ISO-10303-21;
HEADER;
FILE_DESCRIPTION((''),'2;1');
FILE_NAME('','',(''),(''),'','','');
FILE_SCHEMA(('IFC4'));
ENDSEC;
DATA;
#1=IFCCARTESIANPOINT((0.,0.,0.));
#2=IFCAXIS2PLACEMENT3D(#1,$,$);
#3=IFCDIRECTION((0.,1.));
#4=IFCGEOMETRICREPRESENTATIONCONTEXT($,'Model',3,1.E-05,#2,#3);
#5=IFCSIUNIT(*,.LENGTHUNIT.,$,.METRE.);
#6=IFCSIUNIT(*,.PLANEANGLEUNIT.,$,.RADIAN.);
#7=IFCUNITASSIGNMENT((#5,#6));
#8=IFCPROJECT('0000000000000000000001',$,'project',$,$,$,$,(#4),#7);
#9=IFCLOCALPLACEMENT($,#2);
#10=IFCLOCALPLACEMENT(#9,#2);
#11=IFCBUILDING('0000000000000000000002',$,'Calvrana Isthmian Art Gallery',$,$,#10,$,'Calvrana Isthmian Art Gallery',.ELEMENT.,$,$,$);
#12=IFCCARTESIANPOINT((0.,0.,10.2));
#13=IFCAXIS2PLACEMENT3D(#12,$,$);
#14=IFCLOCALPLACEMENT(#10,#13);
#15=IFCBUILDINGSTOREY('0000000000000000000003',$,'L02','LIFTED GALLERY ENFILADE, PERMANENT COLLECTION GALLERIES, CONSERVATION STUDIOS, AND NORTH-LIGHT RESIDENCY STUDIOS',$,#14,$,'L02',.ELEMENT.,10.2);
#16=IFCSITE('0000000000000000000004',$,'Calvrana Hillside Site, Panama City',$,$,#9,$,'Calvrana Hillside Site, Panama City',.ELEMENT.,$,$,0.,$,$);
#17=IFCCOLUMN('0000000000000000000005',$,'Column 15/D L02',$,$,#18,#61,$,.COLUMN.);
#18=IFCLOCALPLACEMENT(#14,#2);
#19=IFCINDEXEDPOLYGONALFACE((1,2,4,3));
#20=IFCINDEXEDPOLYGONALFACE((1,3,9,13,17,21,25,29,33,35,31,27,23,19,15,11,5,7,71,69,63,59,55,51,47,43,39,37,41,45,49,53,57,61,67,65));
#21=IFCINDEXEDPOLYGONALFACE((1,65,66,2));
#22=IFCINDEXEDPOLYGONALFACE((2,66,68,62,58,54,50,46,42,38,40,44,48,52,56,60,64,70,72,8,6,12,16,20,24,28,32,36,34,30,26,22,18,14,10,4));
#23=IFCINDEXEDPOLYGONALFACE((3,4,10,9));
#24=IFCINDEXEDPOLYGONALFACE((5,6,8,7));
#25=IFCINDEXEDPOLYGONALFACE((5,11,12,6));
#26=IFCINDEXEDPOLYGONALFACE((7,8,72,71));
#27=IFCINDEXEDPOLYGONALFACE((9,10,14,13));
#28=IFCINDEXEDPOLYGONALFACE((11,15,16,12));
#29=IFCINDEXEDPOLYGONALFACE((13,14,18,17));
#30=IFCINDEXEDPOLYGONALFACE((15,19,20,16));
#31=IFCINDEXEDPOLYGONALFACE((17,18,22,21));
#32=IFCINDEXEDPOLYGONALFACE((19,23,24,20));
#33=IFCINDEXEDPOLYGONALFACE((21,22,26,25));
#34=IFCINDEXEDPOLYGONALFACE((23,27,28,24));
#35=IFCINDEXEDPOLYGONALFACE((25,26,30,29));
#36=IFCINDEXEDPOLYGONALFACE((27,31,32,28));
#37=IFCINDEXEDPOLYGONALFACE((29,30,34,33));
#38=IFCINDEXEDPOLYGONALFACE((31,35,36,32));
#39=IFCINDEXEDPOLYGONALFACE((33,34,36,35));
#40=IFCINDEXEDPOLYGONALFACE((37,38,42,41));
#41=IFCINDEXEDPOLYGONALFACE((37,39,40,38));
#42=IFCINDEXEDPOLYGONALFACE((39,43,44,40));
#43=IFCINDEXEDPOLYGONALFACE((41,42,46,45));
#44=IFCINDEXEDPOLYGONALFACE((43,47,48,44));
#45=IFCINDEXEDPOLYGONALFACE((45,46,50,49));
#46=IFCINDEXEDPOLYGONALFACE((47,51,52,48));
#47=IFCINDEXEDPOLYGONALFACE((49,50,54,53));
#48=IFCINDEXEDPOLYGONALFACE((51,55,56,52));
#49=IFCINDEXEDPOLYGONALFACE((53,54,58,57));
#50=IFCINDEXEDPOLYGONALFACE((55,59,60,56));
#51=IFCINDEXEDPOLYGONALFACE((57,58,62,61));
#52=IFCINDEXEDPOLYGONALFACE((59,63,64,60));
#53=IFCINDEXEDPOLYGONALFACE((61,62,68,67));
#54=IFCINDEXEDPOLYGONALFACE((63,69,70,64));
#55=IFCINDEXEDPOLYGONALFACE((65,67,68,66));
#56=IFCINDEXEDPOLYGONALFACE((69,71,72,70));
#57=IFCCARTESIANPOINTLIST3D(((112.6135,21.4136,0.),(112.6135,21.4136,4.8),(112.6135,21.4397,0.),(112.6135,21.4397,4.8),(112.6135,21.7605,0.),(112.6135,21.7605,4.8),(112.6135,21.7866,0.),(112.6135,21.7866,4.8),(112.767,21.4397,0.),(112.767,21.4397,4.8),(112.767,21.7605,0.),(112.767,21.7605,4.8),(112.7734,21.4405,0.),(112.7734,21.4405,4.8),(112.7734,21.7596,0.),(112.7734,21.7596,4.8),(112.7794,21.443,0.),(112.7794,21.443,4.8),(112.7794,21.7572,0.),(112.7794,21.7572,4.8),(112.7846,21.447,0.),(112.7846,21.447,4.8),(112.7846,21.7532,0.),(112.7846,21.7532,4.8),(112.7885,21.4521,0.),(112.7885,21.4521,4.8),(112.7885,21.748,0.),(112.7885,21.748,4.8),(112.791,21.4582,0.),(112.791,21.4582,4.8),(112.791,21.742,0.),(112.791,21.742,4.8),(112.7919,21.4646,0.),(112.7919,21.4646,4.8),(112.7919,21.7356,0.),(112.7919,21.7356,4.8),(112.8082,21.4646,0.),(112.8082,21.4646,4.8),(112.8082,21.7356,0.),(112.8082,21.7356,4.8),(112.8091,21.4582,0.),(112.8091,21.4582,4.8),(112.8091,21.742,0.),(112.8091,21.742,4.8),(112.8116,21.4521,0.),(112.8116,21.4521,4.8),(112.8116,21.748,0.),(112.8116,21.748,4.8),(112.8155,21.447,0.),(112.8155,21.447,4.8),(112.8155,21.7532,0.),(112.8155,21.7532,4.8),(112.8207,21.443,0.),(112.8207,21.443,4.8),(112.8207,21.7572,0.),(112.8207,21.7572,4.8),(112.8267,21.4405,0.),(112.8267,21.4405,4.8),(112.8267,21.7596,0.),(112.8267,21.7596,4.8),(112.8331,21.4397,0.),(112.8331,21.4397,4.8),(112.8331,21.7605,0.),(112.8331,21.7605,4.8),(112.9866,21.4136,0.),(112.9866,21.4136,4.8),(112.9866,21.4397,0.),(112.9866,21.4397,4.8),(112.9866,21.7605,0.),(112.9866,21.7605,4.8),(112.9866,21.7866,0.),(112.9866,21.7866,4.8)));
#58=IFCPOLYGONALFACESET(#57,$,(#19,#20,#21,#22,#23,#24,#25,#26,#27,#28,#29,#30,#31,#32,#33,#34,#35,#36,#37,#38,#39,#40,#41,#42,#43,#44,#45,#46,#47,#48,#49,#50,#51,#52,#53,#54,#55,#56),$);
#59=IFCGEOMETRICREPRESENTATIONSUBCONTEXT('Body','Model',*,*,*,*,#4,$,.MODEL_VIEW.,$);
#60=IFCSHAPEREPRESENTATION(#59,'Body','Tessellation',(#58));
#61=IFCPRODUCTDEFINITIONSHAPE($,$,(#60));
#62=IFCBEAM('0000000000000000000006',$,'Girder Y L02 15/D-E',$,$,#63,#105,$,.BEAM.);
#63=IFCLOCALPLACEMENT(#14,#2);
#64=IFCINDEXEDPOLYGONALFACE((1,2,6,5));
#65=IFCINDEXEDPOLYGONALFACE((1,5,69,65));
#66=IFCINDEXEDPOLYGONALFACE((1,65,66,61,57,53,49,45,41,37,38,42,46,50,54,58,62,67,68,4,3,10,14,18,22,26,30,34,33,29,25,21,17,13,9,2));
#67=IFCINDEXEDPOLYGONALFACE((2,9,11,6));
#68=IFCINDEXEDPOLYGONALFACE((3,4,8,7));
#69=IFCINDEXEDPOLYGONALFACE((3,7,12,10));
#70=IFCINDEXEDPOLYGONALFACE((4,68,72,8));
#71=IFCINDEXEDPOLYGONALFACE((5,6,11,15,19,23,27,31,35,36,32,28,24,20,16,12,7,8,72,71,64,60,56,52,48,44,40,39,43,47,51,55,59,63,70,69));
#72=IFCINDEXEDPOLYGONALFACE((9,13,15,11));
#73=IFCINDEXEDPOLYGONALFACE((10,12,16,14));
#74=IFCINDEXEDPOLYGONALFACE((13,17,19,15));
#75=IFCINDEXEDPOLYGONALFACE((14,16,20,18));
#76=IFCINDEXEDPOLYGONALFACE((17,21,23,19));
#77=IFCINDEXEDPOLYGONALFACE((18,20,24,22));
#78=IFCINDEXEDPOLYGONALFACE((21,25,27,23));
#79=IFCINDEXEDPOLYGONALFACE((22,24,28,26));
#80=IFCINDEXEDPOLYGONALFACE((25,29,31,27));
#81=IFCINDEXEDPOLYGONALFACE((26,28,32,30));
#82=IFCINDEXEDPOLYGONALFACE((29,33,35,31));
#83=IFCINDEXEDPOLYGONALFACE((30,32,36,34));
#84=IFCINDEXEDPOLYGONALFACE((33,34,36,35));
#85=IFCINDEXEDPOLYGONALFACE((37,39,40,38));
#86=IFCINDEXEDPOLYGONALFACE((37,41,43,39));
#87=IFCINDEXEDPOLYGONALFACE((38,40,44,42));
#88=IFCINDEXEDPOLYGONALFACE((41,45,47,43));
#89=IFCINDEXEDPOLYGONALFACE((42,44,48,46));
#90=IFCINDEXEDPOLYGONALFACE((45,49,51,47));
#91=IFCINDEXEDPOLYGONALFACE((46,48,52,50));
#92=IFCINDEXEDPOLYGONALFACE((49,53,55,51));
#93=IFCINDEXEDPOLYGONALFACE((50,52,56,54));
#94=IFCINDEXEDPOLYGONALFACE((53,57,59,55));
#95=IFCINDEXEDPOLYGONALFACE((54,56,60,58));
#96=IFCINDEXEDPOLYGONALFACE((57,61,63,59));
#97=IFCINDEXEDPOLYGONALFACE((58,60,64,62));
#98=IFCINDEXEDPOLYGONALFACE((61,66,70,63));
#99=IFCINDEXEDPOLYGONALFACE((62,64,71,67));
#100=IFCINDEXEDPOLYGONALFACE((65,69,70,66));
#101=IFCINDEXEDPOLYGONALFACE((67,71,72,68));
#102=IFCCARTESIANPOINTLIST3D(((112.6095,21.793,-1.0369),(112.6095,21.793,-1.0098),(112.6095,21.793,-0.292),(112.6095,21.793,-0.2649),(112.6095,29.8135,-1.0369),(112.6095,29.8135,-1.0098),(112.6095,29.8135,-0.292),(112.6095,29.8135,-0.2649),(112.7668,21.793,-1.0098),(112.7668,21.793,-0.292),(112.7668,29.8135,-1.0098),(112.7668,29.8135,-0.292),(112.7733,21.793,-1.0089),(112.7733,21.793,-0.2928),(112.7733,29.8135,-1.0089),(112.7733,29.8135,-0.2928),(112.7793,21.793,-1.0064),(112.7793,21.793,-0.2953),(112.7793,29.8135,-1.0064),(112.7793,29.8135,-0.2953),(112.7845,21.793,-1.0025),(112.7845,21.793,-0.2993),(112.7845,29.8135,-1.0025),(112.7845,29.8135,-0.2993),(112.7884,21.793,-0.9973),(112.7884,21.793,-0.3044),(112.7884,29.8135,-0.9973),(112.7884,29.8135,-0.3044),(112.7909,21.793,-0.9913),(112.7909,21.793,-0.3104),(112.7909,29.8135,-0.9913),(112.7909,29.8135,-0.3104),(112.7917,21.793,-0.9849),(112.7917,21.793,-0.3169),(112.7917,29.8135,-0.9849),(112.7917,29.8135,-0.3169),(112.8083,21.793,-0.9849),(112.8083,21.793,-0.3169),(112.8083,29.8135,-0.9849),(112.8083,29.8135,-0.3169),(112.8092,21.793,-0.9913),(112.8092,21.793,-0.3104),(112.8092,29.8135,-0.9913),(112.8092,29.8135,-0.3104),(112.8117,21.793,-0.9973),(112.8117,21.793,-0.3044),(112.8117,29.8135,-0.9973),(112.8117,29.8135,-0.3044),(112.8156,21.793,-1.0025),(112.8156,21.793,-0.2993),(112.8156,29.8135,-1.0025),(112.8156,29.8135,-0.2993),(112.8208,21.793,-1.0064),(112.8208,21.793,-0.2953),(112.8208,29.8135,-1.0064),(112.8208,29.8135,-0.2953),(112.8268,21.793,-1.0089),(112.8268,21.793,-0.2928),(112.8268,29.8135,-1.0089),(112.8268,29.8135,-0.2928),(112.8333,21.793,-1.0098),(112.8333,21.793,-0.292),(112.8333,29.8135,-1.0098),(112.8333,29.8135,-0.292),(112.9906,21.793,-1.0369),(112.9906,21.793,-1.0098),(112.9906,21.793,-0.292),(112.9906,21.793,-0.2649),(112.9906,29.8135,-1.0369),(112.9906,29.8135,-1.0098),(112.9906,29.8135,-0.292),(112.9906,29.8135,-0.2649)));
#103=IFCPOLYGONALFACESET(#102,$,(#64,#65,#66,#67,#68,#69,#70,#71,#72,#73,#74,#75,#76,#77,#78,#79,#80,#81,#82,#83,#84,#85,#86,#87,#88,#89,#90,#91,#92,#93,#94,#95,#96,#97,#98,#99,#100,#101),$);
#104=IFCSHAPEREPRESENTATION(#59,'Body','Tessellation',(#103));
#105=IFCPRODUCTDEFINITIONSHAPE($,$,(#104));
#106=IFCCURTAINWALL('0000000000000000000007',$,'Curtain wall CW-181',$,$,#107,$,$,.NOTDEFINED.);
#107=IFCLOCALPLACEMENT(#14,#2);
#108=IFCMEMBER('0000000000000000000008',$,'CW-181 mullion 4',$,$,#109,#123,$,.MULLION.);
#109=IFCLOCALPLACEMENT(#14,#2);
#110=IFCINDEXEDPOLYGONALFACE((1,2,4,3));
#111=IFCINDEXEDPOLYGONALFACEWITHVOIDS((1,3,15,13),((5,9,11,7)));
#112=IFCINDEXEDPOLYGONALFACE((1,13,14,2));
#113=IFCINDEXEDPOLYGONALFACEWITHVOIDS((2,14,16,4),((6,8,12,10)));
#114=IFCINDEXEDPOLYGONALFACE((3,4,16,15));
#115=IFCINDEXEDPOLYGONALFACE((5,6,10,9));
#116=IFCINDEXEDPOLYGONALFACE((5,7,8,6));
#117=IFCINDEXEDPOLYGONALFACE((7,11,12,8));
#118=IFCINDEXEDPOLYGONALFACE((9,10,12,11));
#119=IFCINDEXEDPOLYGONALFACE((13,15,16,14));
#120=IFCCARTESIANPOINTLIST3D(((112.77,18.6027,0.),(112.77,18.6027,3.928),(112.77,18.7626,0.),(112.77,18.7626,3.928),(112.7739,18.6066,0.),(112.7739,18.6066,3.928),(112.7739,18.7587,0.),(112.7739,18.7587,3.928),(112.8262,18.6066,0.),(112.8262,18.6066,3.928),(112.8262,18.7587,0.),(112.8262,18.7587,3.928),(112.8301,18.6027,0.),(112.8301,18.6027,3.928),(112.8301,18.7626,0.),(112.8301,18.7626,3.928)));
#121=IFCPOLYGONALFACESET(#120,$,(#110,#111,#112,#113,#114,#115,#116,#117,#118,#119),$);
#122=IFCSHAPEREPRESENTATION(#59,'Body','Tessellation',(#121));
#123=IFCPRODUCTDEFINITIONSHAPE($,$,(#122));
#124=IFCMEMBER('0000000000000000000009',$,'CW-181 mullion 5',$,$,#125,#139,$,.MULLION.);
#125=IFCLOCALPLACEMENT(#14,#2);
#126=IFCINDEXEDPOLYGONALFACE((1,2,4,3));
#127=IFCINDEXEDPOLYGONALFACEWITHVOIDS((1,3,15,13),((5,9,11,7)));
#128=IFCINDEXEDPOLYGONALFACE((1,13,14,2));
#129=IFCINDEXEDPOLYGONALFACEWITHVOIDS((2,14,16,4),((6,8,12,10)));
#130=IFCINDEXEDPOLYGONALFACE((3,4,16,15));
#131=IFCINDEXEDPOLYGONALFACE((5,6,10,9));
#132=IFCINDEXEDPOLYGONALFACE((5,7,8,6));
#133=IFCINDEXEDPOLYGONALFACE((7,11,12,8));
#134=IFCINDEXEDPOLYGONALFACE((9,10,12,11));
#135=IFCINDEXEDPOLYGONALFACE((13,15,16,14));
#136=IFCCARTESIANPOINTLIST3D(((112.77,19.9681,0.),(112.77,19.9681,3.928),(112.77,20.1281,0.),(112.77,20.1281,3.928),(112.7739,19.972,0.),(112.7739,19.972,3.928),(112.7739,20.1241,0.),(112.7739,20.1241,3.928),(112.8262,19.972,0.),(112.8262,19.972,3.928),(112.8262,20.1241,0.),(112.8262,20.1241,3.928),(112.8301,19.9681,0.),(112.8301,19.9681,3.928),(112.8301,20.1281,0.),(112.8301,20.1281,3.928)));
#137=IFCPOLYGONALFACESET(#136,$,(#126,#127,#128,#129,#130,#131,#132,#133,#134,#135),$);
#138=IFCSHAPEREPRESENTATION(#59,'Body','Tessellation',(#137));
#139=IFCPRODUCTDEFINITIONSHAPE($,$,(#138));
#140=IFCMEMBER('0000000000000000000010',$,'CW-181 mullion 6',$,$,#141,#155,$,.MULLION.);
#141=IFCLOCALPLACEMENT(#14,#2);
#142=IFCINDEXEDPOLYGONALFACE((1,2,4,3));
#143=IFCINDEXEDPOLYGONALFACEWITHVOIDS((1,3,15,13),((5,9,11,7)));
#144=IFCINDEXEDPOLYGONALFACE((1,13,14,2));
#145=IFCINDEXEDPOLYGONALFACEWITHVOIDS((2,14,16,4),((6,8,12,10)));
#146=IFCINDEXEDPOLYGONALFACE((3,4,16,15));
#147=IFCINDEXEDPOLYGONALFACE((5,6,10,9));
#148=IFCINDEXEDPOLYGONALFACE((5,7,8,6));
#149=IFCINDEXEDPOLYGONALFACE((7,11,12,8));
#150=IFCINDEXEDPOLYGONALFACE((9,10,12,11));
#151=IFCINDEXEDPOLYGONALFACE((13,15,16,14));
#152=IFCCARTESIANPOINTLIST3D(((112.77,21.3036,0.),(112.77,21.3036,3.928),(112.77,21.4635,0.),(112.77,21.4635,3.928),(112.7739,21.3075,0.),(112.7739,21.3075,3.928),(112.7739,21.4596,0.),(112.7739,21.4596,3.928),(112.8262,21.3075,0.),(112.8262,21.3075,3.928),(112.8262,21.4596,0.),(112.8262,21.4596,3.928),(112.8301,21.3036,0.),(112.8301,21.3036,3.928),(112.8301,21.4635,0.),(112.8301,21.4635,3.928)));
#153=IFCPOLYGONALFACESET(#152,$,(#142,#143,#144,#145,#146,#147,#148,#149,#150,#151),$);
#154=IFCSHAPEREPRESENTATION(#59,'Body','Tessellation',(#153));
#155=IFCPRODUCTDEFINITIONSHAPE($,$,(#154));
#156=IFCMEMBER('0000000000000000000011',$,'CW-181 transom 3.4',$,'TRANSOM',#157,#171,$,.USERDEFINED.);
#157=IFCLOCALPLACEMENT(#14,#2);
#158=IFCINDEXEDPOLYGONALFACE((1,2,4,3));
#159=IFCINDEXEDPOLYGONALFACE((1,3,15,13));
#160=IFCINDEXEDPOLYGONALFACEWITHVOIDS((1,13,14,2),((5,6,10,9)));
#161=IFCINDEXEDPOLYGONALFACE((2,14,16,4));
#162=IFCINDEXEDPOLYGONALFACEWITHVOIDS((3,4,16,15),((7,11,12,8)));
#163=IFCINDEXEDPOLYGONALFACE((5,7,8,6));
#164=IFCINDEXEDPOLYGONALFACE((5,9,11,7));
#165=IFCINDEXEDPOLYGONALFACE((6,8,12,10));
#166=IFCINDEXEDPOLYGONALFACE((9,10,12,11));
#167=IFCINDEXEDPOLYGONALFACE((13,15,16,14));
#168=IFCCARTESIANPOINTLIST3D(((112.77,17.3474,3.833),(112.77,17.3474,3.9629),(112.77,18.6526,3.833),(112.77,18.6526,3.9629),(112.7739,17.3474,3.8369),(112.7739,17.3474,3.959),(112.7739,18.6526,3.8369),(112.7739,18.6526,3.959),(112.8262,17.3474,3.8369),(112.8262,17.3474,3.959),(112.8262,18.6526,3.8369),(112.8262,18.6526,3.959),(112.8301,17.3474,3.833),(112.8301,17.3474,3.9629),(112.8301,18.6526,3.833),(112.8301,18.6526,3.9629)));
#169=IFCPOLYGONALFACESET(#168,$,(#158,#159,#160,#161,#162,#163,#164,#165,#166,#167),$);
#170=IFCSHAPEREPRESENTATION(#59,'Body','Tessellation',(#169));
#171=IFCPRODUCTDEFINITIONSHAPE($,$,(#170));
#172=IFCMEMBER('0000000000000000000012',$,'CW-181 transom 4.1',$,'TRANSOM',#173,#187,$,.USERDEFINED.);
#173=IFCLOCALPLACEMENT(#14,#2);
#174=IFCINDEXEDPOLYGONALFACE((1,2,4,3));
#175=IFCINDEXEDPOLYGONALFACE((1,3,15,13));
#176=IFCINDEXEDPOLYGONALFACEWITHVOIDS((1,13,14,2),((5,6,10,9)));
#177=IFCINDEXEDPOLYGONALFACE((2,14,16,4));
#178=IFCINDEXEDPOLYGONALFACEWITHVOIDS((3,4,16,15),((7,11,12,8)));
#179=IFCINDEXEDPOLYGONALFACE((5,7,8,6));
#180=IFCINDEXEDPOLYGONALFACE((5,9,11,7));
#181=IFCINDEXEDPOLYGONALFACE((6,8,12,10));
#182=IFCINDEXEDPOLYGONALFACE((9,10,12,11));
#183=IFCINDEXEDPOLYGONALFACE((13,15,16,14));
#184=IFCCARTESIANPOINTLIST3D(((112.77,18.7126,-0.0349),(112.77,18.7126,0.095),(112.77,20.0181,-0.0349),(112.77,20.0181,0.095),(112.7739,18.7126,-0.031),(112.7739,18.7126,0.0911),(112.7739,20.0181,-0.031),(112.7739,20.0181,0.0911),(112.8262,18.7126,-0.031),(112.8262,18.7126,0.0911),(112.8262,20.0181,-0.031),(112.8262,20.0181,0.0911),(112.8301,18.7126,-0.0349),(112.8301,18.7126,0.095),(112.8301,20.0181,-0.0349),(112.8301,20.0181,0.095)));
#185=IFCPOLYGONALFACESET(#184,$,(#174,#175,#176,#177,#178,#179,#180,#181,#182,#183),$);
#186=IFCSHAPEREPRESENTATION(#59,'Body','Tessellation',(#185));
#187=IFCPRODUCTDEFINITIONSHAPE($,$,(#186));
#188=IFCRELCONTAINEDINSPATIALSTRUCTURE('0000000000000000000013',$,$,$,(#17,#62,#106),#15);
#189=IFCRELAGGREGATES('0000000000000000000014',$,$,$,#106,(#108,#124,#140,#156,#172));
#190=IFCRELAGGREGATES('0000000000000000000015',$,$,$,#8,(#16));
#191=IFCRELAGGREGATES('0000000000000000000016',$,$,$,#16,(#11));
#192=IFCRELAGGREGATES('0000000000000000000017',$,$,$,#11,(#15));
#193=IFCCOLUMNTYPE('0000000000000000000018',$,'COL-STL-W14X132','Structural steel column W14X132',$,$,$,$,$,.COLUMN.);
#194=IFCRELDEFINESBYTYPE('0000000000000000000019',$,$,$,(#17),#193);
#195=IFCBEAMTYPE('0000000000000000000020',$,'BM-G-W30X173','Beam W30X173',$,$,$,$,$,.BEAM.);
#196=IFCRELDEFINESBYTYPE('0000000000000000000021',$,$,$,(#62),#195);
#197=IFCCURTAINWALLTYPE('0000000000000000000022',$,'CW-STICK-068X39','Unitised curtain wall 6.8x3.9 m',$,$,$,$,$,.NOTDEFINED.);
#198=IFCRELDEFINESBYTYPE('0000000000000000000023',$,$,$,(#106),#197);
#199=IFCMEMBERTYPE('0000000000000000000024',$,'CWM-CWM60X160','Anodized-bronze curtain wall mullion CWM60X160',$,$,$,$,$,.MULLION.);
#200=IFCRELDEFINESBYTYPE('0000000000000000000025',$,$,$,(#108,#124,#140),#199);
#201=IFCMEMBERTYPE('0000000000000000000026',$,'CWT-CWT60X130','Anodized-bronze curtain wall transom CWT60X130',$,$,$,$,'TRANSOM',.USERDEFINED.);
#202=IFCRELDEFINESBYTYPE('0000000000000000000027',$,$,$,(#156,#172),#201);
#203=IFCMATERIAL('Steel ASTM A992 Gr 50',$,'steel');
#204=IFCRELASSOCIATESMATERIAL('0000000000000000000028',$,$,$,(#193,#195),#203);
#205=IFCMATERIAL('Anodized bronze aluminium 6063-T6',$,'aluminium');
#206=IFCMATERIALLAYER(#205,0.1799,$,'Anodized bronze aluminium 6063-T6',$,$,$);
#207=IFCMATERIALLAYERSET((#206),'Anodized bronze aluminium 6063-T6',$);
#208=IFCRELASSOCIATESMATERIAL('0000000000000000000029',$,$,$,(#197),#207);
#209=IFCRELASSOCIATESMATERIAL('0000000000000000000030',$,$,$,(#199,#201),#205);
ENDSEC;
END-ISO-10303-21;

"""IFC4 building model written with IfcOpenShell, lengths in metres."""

from ifc_helpers import new_model, si_unit, direction, frame, origin, origin_2d, place, context, subcontext, project, spatial, hollow_rectangle, i_section, extrude, material, layer, layer_set, material_profile, profile_set, type_object, element, aggregate, save


model = new_model("IFC4")

# Units and contexts
model_context = context("Model", 3, precision=1e-05, world=origin(), true_north=direction((0.0, 1.0)))
body_context = subcontext(model_context, "Body", "Model", "MODEL_VIEW")
ifc_project = project(units=[si_unit("LENGTHUNIT", "METRE"), si_unit("PLANEANGLEUNIT", "RADIAN")], contexts=[model_context])

# Site, building, storey
site_placement = place(None, origin())
site = spatial("IfcSite", under=ifc_project, at=site_placement, Name="Calvrana Hillside Site, Panama City", LongName="Calvrana Hillside Site, Panama City", CompositionType="ELEMENT", RefElevation=0.0)
building_placement = place(site_placement, origin())
building = spatial("IfcBuilding", under=site, at=building_placement, Name="Calvrana Isthmian Art Gallery", LongName="Calvrana Isthmian Art Gallery", CompositionType="ELEMENT")
storey_placement = place(building_placement, frame((0.0, 0.0, 10.2)))
storey = spatial("IfcBuildingStorey", under=building, at=storey_placement, Name="L02", Description="LIFTED GALLERY ENFILADE, PERMANENT COLLECTION GALLERIES, CONSERVATION STUDIOS, AND NORTH-LIGHT RESIDENCY STUDIOS", LongName="L02", CompositionType="ELEMENT", Elevation=10.2)

# Column
ifc_material_1 = material(Name="Steel ASTM A992 Gr 50", Category="steel")
ifc_material_profile_1 = material_profile(ifc_material_1, i_section(OverallWidth=0.373, OverallDepth=0.373, WebThickness=0.0164, FlangeThickness=0.0261, FilletRadius=0.0249, at=origin_2d()), Name="W14X132")
ifc_profile_set_1 = profile_set([ifc_material_profile_1], Name="Steel ASTM A992 Gr 50")
column_type = type_object("IfcColumnType", Name="COL-STL-W14X132", Description="Structural steel column W14X132", PredefinedType="COLUMN", material=ifc_profile_set_1)
column_placement = place(storey_placement, frame((112.8, 21.6001, 0.0), z_axis=(0.0, 0.0, 1.0), x_axis=(1.0, 0.0, 0.0)))
element("IfcColumn", 1, at=column_placement, inside=storey, type_object=column_type, Name="Column 15/D L02", PredefinedType="COLUMN", context=body_context, shape_type="SweptSolid", body=[
    extrude(i_section(OverallWidth=0.373, OverallDepth=0.373, WebThickness=0.0164, FlangeThickness=0.0261, FilletRadius=0.0249, at=origin_2d()), origin(), (0.0, 0.0, 1.0), 4.8),
])

# Beam
ifc_material_profile_2 = material_profile(ifc_material_1, i_section(OverallWidth=0.3811, OverallDepth=0.772, WebThickness=0.0166, FlangeThickness=0.0271, FilletRadius=0.0249, at=origin_2d()), Name="W30X173")
ifc_profile_set_2 = profile_set([ifc_material_profile_2], Name="Steel ASTM A992 Gr 50")
beam_type = type_object("IfcBeamType", Name="BM-G-W30X173", Description="Beam W30X173", PredefinedType="BEAM", material=ifc_profile_set_2)
beam_placement = place(storey_placement, frame((112.8, 21.793, -0.6509), z_axis=(0.0, 1.0, 0.0), x_axis=(-1.0, 0.0, 0.0)))
element("IfcBeam", 2, at=beam_placement, inside=storey, type_object=beam_type, Name="Girder Y L02 15/D-E", PredefinedType="BEAM", context=body_context, shape_type="SweptSolid", body=[
    extrude(i_section(OverallWidth=0.3811, OverallDepth=0.772, WebThickness=0.0166, FlangeThickness=0.0271, FilletRadius=0.0249, at=origin_2d()), origin(), (0.0, 0.0, 1.0), 8.0205),
])

# Curtain wall, members
ifc_material_2 = material(Name="Anodized bronze aluminium 6063-T6", Category="aluminium")
ifc_layer_1 = layer(ifc_material_2, 0.1799, Name="Anodized bronze aluminium 6063-T6")
ifc_layer_set_1 = layer_set([ifc_layer_1], Name="Anodized bronze aluminium 6063-T6")
curtain_wall_type = type_object("IfcCurtainWallType", Name="CW-STICK-068X39", Description="Unitised curtain wall 6.8x3.9 m", PredefinedType="NOTDEFINED", material=ifc_layer_set_1)
curtain_wall_placement = place(storey_placement, origin())
curtain_wall = element("IfcCurtainWall", 3, at=curtain_wall_placement, inside=storey, type_object=curtain_wall_type, Name="Curtain wall CW-181", PredefinedType="NOTDEFINED")
ifc_material_profile_3 = material_profile(ifc_material_2, hollow_rectangle(XDim=0.0601, YDim=0.1599, WallThickness=0.0039, at=origin_2d()), Name="CWM60X160")
ifc_profile_set_3 = profile_set([ifc_material_profile_3], Name="Anodized bronze aluminium 6063-T6")
member_type_1 = type_object("IfcMemberType", Name="CWM-CWM60X160", Description="Anodized-bronze curtain wall mullion CWM60X160", PredefinedType="MULLION", material=ifc_profile_set_3)
member_1_placement = place(storey_placement, frame((112.8, 18.6826, 0.0), z_axis=(0.0, 0.0, 1.0), x_axis=(-1.0, 0.0, 0.0)))
member_1 = element("IfcMember", 4, at=member_1_placement, type_object=member_type_1, Name="CW-181 mullion 4", PredefinedType="MULLION", context=body_context, shape_type="SweptSolid", body=[
    extrude(hollow_rectangle(XDim=0.0601, YDim=0.1599, WallThickness=0.0039, at=origin_2d()), origin(), (0.0, 0.0, 1.0), 3.928),
])
member_2_placement = place(storey_placement, frame((112.8, 20.0481, 0.0), z_axis=(0.0, 0.0, 1.0), x_axis=(-1.0, 0.0, 0.0)))
member_2 = element("IfcMember", 5, at=member_2_placement, type_object=member_type_1, Name="CW-181 mullion 5", PredefinedType="MULLION", context=body_context, shape_type="SweptSolid", body=[
    extrude(hollow_rectangle(XDim=0.0601, YDim=0.1599, WallThickness=0.0039, at=origin_2d()), origin(), (0.0, 0.0, 1.0), 3.928),
])
member_3_placement = place(storey_placement, frame((112.8, 21.3835, 0.0), z_axis=(0.0, 0.0, 1.0), x_axis=(-1.0, 0.0, 0.0)))
member_3 = element("IfcMember", 6, at=member_3_placement, type_object=member_type_1, Name="CW-181 mullion 6", PredefinedType="MULLION", context=body_context, shape_type="SweptSolid", body=[
    extrude(hollow_rectangle(XDim=0.0601, YDim=0.1599, WallThickness=0.0039, at=origin_2d()), origin(), (0.0, 0.0, 1.0), 3.928),
])
ifc_material_profile_4 = material_profile(ifc_material_2, hollow_rectangle(XDim=0.0601, YDim=0.1299, WallThickness=0.0039, at=origin_2d()), Name="CWT60X130")
ifc_profile_set_4 = profile_set([ifc_material_profile_4], Name="Anodized bronze aluminium 6063-T6")
member_type_2 = type_object("IfcMemberType", Name="CWT-CWT60X130", Description="Anodized-bronze curtain wall transom CWT60X130", ElementType="TRANSOM", PredefinedType="USERDEFINED", material=ifc_profile_set_4)
member_4_placement = place(storey_placement, frame((112.8, 17.3474, 3.8979), z_axis=(0.0, 1.0, 0.0), x_axis=(-1.0, 0.0, 0.0)))
member_4 = element("IfcMember", 7, at=member_4_placement, type_object=member_type_2, Name="CW-181 transom 3.4", ObjectType="TRANSOM", PredefinedType="USERDEFINED", context=body_context, shape_type="SweptSolid", body=[
    extrude(hollow_rectangle(XDim=0.0601, YDim=0.1299, WallThickness=0.0039, at=origin_2d()), origin(), (0.0, 0.0, 1.0), 1.3052),
])
member_5_placement = place(storey_placement, frame((112.8, 18.7126, 0.03), z_axis=(0.0, 1.0, 0.0), x_axis=(-1.0, 0.0, 0.0)))
member_5 = element("IfcMember", 8, at=member_5_placement, type_object=member_type_2, Name="CW-181 transom 4.1", ObjectType="TRANSOM", PredefinedType="USERDEFINED", context=body_context, shape_type="SweptSolid", body=[
    extrude(hollow_rectangle(XDim=0.0601, YDim=0.1299, WallThickness=0.0039, at=origin_2d()), origin(), (0.0, 0.0, 1.0), 1.3054),
])
aggregate(curtain_wall, [member_1, member_2, member_3, member_4, member_5])

save(model, "model.ifc")
